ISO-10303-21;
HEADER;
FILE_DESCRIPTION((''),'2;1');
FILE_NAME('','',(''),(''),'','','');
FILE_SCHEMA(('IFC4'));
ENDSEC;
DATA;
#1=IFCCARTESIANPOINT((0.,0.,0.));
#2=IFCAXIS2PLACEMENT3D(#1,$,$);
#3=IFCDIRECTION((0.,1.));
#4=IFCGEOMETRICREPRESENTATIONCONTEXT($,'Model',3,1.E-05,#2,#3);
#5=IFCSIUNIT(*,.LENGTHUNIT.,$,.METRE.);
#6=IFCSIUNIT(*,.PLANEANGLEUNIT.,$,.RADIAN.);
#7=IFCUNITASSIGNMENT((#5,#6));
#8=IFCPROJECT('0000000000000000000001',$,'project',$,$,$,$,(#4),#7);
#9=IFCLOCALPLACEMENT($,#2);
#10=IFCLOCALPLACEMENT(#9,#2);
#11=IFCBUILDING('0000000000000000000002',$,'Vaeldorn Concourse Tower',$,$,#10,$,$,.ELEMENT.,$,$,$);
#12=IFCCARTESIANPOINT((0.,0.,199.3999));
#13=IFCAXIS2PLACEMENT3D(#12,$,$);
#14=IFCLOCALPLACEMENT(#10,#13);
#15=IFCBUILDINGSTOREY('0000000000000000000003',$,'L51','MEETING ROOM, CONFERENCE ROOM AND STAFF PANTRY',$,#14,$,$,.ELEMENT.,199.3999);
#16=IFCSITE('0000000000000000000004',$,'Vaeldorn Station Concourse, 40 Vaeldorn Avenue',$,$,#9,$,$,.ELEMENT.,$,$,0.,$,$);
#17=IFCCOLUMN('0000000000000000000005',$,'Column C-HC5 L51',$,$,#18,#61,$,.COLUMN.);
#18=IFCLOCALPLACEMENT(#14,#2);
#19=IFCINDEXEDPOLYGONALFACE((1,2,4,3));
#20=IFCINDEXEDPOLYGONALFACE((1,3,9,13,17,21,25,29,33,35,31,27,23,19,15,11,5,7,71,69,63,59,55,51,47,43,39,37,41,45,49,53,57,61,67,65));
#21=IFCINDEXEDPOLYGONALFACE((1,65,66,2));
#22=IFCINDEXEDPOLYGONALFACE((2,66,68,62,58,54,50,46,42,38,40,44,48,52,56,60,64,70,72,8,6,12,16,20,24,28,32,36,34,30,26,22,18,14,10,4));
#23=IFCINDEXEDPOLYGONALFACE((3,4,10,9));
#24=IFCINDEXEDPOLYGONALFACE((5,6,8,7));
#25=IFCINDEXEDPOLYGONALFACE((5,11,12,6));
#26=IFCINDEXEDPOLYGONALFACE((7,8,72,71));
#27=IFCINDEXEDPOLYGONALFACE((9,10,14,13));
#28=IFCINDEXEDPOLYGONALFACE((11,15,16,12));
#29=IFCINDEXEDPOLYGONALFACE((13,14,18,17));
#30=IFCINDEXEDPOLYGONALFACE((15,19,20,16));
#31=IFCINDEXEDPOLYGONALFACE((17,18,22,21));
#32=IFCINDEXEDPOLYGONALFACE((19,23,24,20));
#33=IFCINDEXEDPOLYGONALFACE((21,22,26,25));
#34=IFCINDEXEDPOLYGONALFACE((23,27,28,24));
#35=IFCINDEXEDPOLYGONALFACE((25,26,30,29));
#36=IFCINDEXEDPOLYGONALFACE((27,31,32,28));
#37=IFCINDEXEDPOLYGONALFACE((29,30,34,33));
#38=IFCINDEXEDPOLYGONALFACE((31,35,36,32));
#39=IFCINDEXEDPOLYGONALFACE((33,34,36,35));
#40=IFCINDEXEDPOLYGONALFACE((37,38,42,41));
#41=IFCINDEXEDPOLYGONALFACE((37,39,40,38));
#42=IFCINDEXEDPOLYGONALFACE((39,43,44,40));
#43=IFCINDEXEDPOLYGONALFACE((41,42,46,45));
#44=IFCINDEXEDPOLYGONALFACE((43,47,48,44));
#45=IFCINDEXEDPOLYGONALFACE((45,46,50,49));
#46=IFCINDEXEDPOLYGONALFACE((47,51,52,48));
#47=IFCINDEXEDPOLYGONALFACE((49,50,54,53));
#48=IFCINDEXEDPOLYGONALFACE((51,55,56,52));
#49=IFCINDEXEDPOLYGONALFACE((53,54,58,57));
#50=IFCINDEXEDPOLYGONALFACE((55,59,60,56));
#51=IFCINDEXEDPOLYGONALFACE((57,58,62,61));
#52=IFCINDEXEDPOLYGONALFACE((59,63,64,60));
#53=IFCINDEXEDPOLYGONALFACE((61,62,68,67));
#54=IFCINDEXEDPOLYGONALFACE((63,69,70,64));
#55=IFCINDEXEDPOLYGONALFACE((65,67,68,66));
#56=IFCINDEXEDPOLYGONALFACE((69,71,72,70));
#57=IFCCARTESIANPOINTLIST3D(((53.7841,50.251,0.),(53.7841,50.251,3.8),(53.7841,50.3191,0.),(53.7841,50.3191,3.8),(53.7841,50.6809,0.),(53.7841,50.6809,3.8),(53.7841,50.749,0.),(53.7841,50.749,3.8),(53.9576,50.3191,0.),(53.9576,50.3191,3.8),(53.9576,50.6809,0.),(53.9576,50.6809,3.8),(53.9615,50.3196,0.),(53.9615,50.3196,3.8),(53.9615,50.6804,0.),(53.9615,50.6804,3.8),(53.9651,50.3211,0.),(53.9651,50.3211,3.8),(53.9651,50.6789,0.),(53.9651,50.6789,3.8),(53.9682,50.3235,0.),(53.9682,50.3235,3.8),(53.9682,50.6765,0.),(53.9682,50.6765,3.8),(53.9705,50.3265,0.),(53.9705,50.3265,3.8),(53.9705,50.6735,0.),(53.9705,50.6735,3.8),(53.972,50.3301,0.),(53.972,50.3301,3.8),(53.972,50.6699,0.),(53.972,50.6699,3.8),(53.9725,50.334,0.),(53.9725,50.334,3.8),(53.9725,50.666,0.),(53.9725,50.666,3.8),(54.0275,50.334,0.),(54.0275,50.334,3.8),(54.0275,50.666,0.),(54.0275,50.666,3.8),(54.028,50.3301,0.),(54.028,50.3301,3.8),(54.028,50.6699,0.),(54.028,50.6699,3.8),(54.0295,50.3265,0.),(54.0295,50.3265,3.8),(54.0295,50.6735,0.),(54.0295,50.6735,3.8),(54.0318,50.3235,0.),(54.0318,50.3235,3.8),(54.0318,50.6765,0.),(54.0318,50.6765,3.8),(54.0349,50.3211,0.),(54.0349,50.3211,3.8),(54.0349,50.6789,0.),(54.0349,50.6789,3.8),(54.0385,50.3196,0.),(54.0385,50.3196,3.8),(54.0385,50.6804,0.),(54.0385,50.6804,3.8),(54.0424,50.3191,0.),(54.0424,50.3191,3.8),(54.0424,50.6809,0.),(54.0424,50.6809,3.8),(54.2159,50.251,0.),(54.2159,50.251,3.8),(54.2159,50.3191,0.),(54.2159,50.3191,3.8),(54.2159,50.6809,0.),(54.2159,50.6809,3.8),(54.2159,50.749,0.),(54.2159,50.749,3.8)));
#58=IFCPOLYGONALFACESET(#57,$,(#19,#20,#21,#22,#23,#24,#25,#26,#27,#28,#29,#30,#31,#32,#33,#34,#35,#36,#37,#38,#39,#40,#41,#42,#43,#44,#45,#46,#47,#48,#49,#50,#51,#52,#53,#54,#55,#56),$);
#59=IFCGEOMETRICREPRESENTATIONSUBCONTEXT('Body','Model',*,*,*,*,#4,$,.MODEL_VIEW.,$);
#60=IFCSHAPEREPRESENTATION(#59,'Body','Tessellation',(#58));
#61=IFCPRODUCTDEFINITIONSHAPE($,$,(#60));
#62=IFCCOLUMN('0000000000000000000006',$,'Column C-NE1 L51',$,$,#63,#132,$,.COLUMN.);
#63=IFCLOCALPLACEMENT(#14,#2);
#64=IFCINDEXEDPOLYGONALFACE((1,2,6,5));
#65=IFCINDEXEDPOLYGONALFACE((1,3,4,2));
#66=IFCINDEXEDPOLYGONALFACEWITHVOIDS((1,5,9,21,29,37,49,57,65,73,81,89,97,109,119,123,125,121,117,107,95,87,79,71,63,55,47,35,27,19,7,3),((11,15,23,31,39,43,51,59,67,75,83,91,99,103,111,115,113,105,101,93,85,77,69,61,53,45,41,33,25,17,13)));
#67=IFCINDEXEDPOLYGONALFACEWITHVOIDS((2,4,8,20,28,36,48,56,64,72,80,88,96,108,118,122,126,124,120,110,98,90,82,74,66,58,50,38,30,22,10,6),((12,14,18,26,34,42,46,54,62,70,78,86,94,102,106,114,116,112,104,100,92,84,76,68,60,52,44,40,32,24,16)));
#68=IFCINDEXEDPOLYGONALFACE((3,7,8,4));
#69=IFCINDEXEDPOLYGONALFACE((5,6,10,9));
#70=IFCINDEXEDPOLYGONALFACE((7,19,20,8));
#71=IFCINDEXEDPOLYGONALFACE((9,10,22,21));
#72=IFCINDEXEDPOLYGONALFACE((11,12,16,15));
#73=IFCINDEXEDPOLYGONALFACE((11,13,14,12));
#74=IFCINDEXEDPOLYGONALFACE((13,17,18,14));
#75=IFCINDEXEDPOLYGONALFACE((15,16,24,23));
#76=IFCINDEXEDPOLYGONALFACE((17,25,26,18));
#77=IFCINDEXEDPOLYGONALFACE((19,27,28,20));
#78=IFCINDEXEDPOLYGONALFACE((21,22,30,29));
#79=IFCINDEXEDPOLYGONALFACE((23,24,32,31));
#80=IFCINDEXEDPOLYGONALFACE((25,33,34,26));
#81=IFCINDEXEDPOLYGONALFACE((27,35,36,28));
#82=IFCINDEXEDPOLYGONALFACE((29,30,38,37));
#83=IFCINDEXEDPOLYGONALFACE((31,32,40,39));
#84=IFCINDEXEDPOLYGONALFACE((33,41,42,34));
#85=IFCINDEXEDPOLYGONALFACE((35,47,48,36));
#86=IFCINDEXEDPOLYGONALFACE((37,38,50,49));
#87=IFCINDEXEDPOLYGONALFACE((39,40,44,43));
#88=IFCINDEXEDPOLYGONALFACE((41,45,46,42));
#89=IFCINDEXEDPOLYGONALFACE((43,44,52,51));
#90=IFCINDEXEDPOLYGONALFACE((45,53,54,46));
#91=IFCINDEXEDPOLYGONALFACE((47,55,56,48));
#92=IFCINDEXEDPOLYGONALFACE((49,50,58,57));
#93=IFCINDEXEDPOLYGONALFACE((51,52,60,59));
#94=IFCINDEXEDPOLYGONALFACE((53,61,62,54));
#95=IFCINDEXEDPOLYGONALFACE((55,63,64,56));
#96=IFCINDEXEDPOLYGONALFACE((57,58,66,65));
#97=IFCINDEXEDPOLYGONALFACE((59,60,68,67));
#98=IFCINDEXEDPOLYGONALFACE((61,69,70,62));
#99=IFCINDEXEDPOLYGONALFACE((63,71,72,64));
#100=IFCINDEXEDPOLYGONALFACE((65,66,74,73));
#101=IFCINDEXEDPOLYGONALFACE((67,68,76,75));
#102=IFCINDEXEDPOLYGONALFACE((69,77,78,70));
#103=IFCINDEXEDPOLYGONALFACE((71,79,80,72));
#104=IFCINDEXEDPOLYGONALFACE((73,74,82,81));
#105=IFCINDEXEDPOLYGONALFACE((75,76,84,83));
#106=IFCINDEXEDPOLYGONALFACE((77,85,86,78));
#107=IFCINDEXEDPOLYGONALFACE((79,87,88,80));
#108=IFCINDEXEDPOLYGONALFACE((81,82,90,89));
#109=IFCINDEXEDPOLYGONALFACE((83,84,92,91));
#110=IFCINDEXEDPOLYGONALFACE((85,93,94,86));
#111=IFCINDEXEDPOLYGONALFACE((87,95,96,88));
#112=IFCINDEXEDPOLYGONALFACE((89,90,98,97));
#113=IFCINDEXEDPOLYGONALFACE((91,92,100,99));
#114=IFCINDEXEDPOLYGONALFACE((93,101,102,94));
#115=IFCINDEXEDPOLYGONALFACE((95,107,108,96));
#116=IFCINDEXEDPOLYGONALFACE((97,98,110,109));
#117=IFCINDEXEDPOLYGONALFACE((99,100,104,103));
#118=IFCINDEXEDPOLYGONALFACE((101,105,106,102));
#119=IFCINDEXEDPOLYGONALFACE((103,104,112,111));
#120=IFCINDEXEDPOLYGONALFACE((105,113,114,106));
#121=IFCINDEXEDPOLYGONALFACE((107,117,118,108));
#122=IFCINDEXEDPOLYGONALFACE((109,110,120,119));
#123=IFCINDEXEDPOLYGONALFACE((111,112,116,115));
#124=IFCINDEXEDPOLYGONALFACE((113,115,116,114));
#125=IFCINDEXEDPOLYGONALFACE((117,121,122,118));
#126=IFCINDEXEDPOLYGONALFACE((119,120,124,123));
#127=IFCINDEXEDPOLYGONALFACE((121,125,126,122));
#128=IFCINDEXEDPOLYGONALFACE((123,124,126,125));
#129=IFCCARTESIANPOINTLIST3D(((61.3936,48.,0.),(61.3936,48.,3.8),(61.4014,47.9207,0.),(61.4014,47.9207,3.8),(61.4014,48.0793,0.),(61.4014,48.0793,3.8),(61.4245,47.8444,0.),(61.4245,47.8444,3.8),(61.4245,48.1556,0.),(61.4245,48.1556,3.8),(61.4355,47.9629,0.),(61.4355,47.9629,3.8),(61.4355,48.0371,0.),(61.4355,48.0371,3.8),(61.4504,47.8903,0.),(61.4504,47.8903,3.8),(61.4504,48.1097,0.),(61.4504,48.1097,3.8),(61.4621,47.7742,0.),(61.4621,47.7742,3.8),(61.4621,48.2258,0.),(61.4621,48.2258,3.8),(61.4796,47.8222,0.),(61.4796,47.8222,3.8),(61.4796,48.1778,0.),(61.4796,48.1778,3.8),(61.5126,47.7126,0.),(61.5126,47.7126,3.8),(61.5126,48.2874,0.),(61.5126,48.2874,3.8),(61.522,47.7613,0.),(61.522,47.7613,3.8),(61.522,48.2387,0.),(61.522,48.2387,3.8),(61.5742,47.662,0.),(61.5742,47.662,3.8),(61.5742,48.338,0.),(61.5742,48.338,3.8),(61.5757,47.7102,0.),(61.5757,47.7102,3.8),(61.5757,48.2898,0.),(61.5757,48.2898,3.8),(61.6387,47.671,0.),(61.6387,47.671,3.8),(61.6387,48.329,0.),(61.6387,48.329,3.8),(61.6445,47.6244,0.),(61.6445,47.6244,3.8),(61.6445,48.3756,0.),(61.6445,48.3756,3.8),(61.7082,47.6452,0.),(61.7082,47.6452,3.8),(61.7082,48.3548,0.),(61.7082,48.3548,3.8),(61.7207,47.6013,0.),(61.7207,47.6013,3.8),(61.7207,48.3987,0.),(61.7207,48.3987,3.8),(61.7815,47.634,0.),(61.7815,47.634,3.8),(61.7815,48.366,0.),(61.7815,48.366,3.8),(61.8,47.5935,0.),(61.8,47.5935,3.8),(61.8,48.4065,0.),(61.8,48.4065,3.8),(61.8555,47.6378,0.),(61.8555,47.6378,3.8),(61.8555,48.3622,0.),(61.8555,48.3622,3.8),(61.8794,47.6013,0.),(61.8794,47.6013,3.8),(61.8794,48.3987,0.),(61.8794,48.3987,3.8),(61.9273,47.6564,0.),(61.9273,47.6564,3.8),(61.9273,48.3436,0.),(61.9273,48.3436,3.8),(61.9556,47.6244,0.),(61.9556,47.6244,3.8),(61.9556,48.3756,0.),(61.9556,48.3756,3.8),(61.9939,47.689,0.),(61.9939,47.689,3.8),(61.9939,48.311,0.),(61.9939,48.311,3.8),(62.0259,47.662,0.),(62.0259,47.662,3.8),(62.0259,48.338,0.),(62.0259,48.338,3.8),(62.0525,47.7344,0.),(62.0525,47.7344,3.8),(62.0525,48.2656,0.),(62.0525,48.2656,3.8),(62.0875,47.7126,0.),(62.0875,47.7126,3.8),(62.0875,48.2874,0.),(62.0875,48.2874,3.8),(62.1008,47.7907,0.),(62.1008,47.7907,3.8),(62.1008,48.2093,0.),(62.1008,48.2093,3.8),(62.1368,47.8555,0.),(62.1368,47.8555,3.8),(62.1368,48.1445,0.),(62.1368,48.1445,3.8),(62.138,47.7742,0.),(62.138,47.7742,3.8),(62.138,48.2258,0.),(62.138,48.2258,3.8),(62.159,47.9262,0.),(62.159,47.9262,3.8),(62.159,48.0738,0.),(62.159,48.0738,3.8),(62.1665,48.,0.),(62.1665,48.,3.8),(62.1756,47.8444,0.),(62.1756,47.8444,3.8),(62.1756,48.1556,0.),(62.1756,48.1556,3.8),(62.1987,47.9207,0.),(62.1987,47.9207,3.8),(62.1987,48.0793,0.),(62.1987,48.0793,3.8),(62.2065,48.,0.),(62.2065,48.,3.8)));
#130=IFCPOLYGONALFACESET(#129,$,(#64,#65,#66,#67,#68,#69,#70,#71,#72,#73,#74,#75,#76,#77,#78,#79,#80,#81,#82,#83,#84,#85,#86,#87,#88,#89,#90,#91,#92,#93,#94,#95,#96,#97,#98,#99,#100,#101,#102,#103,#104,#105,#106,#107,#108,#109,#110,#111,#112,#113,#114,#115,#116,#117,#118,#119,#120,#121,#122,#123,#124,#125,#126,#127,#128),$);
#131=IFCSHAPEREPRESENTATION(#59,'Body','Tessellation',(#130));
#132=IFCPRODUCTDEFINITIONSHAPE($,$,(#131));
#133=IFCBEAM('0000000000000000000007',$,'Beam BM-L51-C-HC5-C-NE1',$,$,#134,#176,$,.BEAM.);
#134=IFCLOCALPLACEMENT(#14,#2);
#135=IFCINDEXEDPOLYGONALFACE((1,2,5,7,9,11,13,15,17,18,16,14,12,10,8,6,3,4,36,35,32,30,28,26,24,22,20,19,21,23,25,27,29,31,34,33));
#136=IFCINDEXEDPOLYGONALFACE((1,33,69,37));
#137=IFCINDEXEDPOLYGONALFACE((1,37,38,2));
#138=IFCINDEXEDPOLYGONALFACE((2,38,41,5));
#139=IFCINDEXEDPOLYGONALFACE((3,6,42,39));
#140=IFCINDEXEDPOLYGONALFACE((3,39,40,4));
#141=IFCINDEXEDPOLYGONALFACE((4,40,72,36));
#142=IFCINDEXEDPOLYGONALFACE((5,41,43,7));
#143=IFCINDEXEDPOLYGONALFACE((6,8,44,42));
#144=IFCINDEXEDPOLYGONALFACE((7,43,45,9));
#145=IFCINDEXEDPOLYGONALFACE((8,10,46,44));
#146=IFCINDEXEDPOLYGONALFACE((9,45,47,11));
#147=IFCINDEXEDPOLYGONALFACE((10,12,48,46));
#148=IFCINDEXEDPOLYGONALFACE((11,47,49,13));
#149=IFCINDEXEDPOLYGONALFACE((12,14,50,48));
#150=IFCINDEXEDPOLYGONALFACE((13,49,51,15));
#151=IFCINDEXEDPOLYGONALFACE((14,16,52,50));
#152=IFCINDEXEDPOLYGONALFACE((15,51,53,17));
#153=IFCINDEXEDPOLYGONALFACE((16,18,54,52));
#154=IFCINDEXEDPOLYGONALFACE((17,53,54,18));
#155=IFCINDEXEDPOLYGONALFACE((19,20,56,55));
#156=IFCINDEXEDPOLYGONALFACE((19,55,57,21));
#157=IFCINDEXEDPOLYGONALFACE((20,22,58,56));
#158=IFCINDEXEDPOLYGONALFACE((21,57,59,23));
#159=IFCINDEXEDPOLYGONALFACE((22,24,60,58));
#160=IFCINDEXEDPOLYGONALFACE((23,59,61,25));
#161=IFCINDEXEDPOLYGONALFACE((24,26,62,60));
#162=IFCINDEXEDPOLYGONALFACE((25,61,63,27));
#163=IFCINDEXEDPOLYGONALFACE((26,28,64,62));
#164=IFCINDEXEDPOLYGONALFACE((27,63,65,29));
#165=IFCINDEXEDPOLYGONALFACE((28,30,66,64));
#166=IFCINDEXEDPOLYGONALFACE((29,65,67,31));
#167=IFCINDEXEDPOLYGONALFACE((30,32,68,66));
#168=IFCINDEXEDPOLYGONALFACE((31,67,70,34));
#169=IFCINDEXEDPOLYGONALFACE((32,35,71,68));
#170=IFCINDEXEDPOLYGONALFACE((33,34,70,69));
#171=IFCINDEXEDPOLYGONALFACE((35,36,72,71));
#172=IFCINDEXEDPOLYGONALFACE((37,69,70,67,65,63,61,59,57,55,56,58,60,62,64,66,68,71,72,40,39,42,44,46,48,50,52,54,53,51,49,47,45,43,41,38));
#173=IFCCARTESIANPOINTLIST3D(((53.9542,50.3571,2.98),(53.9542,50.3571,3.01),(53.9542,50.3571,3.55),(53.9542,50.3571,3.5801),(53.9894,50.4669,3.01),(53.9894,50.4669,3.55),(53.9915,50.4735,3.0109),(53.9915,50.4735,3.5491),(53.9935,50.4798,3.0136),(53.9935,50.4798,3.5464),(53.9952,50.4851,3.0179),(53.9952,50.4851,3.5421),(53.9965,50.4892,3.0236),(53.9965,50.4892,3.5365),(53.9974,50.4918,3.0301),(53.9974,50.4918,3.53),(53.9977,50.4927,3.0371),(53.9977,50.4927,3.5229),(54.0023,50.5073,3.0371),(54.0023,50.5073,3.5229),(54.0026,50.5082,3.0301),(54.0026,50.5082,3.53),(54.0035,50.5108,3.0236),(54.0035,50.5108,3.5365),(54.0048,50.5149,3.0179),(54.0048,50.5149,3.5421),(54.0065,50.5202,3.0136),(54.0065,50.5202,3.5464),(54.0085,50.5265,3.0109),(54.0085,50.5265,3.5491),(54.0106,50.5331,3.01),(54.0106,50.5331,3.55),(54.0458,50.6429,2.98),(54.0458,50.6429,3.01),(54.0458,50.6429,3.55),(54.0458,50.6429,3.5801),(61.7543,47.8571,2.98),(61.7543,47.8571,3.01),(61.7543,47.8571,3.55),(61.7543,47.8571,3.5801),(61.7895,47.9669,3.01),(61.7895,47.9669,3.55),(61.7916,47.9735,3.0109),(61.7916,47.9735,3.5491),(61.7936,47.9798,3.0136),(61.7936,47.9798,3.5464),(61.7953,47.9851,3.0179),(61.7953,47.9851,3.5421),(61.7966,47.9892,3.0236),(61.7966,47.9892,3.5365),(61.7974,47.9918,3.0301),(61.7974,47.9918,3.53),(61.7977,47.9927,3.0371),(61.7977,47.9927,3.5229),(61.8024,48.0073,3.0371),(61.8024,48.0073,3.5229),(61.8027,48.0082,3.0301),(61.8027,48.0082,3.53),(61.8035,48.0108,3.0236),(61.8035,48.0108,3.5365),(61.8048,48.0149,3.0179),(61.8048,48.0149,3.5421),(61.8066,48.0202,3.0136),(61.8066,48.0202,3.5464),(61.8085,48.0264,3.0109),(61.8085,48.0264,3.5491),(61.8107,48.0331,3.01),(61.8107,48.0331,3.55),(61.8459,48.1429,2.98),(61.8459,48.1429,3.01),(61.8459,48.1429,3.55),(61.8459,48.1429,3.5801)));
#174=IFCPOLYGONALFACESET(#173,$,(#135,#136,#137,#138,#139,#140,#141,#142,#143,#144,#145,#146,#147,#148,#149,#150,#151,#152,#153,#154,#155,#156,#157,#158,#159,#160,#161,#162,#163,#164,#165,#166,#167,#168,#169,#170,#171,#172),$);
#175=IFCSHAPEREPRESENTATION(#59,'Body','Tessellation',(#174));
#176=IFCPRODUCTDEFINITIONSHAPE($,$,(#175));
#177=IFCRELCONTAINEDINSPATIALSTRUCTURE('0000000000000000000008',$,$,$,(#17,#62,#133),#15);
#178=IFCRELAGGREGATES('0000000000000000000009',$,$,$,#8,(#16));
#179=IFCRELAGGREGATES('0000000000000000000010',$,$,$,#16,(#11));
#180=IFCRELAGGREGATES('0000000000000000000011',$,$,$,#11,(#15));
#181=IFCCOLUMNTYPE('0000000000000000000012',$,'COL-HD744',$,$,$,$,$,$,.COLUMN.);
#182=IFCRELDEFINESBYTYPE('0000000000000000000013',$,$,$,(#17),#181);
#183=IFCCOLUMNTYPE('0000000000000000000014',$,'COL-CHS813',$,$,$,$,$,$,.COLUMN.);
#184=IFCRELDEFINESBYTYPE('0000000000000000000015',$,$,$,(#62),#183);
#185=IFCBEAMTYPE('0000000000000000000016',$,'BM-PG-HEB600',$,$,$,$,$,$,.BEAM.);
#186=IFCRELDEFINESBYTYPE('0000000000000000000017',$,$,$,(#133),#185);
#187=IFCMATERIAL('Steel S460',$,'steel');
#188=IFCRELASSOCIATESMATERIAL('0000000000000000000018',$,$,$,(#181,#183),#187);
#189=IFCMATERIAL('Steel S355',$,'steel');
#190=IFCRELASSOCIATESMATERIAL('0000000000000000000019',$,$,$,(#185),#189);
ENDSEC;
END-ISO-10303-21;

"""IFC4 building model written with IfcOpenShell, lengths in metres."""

from ifc_helpers import new_model, si_unit, direction, frame, origin, origin_2d, place, context, subcontext, project, spatial, hollow_circle, i_section, extrude, source, transform, mapped, material, material_profile, profile_set, type_object, element, save


model = new_model("IFC4")

# Units and contexts
model_context = context("Model", 3, precision=1e-05, world=origin(), true_north=direction((0.0, 1.0)))
body_context = subcontext(model_context, "Body", "Model", "MODEL_VIEW")
ifc_project = project(units=[si_unit("LENGTHUNIT", "METRE"), si_unit("PLANEANGLEUNIT", "RADIAN")], contexts=[model_context])

# Site, building, storey
site_placement = place(None, origin())
site = spatial("IfcSite", under=ifc_project, at=site_placement, Name="Vaeldorn Station Concourse, 40 Vaeldorn Avenue", CompositionType="ELEMENT", RefElevation=0.0)
building_placement = place(site_placement, origin())
building = spatial("IfcBuilding", under=site, at=building_placement, Name="Vaeldorn Concourse Tower", CompositionType="ELEMENT")
storey_placement = place(building_placement, frame((0.0, 0.0, 199.3999)))
storey = spatial("IfcBuildingStorey", under=building, at=storey_placement, Name="L51", Description="MEETING ROOM, CONFERENCE ROOM AND STAFF PANTRY", CompositionType="ELEMENT", Elevation=199.3999)

# Columns
ifc_material_1 = material(Name="Steel S460", Category="steel")
ifc_material_profile_1 = material_profile(ifc_material_1, i_section(OverallWidth=0.4319, OverallDepth=0.498, WebThickness=0.0549, FlangeThickness=0.0681, FilletRadius=0.0149, at=origin_2d()), Name="HD 400x744")
ifc_profile_set_1 = profile_set([ifc_material_profile_1], Name="Steel S460")
column_type_1 = type_object("IfcColumnType", Name="COL-HD744", PredefinedType="COLUMN", material=ifc_profile_set_1)
shared_shape_1 = source(origin(), body_context, "Body", "SweptSolid", [
    extrude(i_section(OverallWidth=0.4319, OverallDepth=0.498, WebThickness=0.0549, FlangeThickness=0.0681, FilletRadius=0.0149, at=origin_2d()), origin(), (0.0, 0.0, 1.0), 3.8),
])
column_1_placement = place(storey_placement, frame((54.0, 50.5, 0.0), z_axis=(0.0, 0.0, 1.0), x_axis=(1.0, 0.0, 0.0)))
element("IfcColumn", 1, at=column_1_placement, inside=storey, type_object=column_type_1, Name="Column C-HC5 L51", PredefinedType="COLUMN", context=body_context, shape_type="MappedRepresentation", body=[
    mapped(shared_shape_1, transform((0.0, 0.0, 0.0), scale=1.0)),
])
ifc_material_profile_2 = material_profile(ifc_material_1, hollow_circle(Radius=0.4065, WallThickness=0.04, at=origin_2d()), Name="CHS 813x40")
ifc_profile_set_2 = profile_set([ifc_material_profile_2], Name="Steel S460")
column_type_2 = type_object("IfcColumnType", Name="COL-CHS813", PredefinedType="COLUMN", material=ifc_profile_set_2)
shared_shape_2 = source(origin(), body_context, "Body", "SweptSolid", [
    extrude(hollow_circle(Radius=0.4065, WallThickness=0.04, at=origin_2d()), origin(), (0.0, 0.0, 1.0), 3.8),
])
column_2_placement = place(storey_placement, frame((61.8, 48.0, 0.0), z_axis=(0.0, 0.0, 1.0), x_axis=(1.0, 0.0, 0.0)))
element("IfcColumn", 2, at=column_2_placement, inside=storey, type_object=column_type_2, Name="Column C-NE1 L51", PredefinedType="COLUMN", context=body_context, shape_type="MappedRepresentation", body=[
    mapped(shared_shape_2, transform((0.0, 0.0, 0.0), scale=1.0)),
])

# Beam
ifc_material_2 = material(Name="Steel S355", Category="steel")
ifc_material_profile_3 = material_profile(ifc_material_2, i_section(OverallWidth=0.3, OverallDepth=0.6001, WebThickness=0.0154, FlangeThickness=0.03, FilletRadius=0.0271, at=origin_2d()), Name="HEB 600")
ifc_profile_set_3 = profile_set([ifc_material_profile_3], Name="Steel S355")
beam_type_1 = type_object("IfcBeamType", Name="BM-PG-HEB600", PredefinedType="BEAM", material=ifc_profile_set_3)
shared_shape_3 = source(origin(), body_context, "Body", "SweptSolid", [
    extrude(i_section(OverallWidth=0.3, OverallDepth=0.6001, WebThickness=0.0154, FlangeThickness=0.03, FilletRadius=0.0271, at=origin_2d()), origin(), (0.0, 0.0, 1.0), 8.1909),
])
beam_1_placement = place(storey_placement, frame((54.0, 50.5, 3.28), z_axis=(0.952283, -0.305217, 0.0), x_axis=(0.305217, 0.952283, 0.0)))
element("IfcBeam", 3, at=beam_1_placement, inside=storey, type_object=beam_type_1, Name="Beam BM-L51-C-HC5-C-NE1", PredefinedType="BEAM", context=body_context, shape_type="MappedRepresentation", body=[
    mapped(shared_shape_3, transform((0.0, 0.0, 0.0), scale=1.0)),
])

save(model, "model.ifc")
